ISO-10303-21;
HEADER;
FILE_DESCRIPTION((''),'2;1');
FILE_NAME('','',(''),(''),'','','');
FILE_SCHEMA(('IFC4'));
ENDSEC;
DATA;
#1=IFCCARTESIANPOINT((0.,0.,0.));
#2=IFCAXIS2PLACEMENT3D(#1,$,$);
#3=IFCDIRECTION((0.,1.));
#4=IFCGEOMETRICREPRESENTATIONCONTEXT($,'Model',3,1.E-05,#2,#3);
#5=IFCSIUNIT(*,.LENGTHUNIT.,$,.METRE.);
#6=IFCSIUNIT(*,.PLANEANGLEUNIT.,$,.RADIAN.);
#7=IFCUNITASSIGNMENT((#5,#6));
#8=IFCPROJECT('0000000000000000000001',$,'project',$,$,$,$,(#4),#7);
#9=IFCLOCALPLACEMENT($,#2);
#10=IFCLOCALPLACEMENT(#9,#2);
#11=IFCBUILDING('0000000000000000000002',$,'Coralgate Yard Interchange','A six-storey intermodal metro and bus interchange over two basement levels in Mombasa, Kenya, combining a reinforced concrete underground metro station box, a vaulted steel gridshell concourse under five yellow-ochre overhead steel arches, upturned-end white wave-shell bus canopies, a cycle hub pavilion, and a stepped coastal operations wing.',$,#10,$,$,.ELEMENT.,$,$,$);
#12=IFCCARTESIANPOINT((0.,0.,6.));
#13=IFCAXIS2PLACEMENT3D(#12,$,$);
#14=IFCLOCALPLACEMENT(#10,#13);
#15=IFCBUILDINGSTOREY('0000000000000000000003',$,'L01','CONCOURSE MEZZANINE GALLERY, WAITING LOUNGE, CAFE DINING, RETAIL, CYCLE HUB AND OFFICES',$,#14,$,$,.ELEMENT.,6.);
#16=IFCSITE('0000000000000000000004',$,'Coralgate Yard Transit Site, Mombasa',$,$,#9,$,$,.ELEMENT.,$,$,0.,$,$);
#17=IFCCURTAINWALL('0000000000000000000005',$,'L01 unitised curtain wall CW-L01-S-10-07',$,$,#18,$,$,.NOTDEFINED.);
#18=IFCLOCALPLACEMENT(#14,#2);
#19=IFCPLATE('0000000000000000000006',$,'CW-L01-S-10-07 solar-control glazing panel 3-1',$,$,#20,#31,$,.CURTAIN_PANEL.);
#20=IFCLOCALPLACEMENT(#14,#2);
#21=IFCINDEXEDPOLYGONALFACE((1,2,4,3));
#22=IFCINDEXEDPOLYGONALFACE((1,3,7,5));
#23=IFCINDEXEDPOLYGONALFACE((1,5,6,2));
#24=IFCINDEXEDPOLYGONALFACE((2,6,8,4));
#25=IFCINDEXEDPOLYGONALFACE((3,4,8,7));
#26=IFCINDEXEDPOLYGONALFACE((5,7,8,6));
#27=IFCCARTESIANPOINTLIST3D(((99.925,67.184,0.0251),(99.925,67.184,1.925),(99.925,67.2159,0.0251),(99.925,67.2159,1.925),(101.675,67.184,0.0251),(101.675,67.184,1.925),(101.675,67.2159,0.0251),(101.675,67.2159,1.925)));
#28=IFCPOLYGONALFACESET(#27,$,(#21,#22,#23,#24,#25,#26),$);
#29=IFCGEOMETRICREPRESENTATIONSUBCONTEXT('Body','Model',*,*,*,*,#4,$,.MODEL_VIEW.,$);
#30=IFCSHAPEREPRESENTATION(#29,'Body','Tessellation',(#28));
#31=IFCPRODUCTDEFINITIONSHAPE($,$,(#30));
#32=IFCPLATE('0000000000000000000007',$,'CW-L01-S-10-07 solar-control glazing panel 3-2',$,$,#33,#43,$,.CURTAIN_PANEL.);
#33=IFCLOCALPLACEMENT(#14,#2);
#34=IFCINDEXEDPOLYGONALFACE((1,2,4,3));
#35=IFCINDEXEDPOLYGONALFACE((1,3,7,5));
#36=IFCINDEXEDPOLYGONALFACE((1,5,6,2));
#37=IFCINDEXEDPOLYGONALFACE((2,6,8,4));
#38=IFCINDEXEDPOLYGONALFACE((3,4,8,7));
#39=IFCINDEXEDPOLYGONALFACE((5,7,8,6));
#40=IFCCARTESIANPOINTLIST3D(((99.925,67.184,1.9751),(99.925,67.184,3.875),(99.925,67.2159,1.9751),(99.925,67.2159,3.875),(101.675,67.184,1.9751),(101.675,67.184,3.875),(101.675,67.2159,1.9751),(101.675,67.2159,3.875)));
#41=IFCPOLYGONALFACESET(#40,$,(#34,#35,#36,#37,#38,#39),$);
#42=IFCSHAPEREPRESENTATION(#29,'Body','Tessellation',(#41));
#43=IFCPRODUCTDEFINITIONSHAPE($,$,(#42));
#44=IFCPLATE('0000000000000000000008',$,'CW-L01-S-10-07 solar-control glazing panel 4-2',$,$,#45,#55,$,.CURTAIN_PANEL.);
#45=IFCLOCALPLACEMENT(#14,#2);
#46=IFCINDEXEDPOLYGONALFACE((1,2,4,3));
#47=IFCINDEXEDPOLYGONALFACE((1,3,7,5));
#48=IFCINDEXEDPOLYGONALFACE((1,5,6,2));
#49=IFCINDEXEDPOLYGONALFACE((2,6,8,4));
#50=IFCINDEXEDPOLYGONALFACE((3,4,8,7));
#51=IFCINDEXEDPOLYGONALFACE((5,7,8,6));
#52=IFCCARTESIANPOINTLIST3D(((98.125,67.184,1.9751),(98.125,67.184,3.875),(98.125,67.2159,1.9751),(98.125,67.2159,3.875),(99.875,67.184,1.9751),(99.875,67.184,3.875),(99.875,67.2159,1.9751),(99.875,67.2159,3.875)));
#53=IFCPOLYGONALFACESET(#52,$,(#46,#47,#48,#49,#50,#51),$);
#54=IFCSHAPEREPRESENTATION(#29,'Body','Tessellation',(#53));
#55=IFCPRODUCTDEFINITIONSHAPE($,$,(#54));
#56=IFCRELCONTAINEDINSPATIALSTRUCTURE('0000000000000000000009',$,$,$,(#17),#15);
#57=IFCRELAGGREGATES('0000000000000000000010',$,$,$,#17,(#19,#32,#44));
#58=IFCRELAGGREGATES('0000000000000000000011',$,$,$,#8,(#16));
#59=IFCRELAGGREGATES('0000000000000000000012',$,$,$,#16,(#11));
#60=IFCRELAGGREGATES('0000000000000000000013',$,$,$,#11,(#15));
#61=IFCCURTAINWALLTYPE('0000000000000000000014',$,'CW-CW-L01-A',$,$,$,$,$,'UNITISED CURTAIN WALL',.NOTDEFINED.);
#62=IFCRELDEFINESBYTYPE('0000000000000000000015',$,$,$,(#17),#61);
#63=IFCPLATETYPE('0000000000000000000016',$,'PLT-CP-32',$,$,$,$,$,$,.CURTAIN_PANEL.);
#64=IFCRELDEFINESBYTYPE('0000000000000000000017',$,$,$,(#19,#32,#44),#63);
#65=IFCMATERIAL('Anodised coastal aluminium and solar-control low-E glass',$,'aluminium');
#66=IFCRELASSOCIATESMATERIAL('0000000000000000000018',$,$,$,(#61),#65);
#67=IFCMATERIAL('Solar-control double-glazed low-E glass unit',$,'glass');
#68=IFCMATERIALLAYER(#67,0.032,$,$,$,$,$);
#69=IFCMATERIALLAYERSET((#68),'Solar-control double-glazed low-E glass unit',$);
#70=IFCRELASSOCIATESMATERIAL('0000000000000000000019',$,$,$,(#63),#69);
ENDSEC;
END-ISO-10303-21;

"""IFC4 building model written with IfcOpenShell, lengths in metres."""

from ifc_helpers import new_model, si_unit, direction, frame, origin, origin_2d, place, context, subcontext, project, spatial, rectangle, extrude, material, layer, layer_set, type_object, element, aggregate, save


model = new_model("IFC4")

# Units and contexts
model_context = context("Model", 3, precision=1e-05, world=origin(), true_north=direction((0.0, 1.0)))
body_context = subcontext(model_context, "Body", "Model", "MODEL_VIEW")
ifc_project = project(units=[si_unit("LENGTHUNIT", "METRE"), si_unit("PLANEANGLEUNIT", "RADIAN")], contexts=[model_context])

# Site, building, storey
site_placement = place(None, origin())
site = spatial("IfcSite", under=ifc_project, at=site_placement, Name="Coralgate Yard Transit Site, Mombasa", CompositionType="ELEMENT", RefElevation=0.0)
building_placement = place(site_placement, origin())
building = spatial("IfcBuilding", under=site, at=building_placement, Name="Coralgate Yard Interchange", Description="A six-storey intermodal metro and bus interchange over two basement levels in Mombasa, Kenya, combining a reinforced concrete underground metro station box, a vaulted steel gridshell concourse under five yellow-ochre overhead steel arches, upturned-end white wave-shell bus canopies, a cycle hub pavilion, and a stepped coastal operations wing.", CompositionType="ELEMENT")
storey_placement = place(building_placement, frame((0.0, 0.0, 6.0)))
storey = spatial("IfcBuildingStorey", under=building, at=storey_placement, Name="L01", Description="CONCOURSE MEZZANINE GALLERY, WAITING LOUNGE, CAFE DINING, RETAIL, CYCLE HUB AND OFFICES", CompositionType="ELEMENT", Elevation=6.0)

# Curtain wall, plates
ifc_material_1 = material(Name="Anodised coastal aluminium and solar-control low-E glass", Category="aluminium")
curtain_wall_type = type_object("IfcCurtainWallType", Name="CW-CW-L01-A", ElementType="UNITISED CURTAIN WALL", PredefinedType="NOTDEFINED", material=ifc_material_1)
curtain_wall_placement = place(storey_placement, origin())
curtain_wall = element("IfcCurtainWall", 1, at=curtain_wall_placement, inside=storey, type_object=curtain_wall_type, Name="L01 unitised curtain wall CW-L01-S-10-07", PredefinedType="NOTDEFINED")
ifc_material_2 = material(Name="Solar-control double-glazed low-E glass unit", Category="glass")
ifc_layer = layer(ifc_material_2, 0.032)
ifc_layer_set = layer_set([ifc_layer], Name="Solar-control double-glazed low-E glass unit")
plate_type = type_object("IfcPlateType", Name="PLT-CP-32", PredefinedType="CURTAIN_PANEL", material=ifc_layer_set)
plate_1_placement = place(storey_placement, frame((100.8, 67.2, 0.0251), z_axis=(0.0, 0.0, 1.0), x_axis=(-1.0, 0.0, 0.0)))
plate_1 = element("IfcPlate", 2, at=plate_1_placement, type_object=plate_type, Name="CW-L01-S-10-07 solar-control glazing panel 3-1", PredefinedType="CURTAIN_PANEL", context=body_context, shape_type="SweptSolid", body=[
    extrude(rectangle(XDim=1.75, YDim=0.032, at=origin_2d()), origin(), (0.0, 0.0, 1.0), 1.8999),
])
plate_2_placement = place(storey_placement, frame((100.8, 67.2, 1.9751), z_axis=(0.0, 0.0, 1.0), x_axis=(-1.0, 0.0, 0.0)))
plate_2 = element("IfcPlate", 3, at=plate_2_placement, type_object=plate_type, Name="CW-L01-S-10-07 solar-control glazing panel 3-2", PredefinedType="CURTAIN_PANEL", context=body_context, shape_type="SweptSolid", body=[
    extrude(rectangle(XDim=1.75, YDim=0.032, at=origin_2d()), origin(), (0.0, 0.0, 1.0), 1.8999),
])
plate_3_placement = place(storey_placement, frame((99.0, 67.2, 1.9751), z_axis=(0.0, 0.0, 1.0), x_axis=(-1.0, 0.0, 0.0)))
plate_3 = element("IfcPlate", 4, at=plate_3_placement, type_object=plate_type, Name="CW-L01-S-10-07 solar-control glazing panel 4-2", PredefinedType="CURTAIN_PANEL", context=body_context, shape_type="SweptSolid", body=[
    extrude(rectangle(XDim=1.75, YDim=0.032, at=origin_2d()), origin(), (0.0, 0.0, 1.0), 1.8999),
])
aggregate(curtain_wall, [plate_1, plate_2, plate_3])

save(model, "model.ifc")
